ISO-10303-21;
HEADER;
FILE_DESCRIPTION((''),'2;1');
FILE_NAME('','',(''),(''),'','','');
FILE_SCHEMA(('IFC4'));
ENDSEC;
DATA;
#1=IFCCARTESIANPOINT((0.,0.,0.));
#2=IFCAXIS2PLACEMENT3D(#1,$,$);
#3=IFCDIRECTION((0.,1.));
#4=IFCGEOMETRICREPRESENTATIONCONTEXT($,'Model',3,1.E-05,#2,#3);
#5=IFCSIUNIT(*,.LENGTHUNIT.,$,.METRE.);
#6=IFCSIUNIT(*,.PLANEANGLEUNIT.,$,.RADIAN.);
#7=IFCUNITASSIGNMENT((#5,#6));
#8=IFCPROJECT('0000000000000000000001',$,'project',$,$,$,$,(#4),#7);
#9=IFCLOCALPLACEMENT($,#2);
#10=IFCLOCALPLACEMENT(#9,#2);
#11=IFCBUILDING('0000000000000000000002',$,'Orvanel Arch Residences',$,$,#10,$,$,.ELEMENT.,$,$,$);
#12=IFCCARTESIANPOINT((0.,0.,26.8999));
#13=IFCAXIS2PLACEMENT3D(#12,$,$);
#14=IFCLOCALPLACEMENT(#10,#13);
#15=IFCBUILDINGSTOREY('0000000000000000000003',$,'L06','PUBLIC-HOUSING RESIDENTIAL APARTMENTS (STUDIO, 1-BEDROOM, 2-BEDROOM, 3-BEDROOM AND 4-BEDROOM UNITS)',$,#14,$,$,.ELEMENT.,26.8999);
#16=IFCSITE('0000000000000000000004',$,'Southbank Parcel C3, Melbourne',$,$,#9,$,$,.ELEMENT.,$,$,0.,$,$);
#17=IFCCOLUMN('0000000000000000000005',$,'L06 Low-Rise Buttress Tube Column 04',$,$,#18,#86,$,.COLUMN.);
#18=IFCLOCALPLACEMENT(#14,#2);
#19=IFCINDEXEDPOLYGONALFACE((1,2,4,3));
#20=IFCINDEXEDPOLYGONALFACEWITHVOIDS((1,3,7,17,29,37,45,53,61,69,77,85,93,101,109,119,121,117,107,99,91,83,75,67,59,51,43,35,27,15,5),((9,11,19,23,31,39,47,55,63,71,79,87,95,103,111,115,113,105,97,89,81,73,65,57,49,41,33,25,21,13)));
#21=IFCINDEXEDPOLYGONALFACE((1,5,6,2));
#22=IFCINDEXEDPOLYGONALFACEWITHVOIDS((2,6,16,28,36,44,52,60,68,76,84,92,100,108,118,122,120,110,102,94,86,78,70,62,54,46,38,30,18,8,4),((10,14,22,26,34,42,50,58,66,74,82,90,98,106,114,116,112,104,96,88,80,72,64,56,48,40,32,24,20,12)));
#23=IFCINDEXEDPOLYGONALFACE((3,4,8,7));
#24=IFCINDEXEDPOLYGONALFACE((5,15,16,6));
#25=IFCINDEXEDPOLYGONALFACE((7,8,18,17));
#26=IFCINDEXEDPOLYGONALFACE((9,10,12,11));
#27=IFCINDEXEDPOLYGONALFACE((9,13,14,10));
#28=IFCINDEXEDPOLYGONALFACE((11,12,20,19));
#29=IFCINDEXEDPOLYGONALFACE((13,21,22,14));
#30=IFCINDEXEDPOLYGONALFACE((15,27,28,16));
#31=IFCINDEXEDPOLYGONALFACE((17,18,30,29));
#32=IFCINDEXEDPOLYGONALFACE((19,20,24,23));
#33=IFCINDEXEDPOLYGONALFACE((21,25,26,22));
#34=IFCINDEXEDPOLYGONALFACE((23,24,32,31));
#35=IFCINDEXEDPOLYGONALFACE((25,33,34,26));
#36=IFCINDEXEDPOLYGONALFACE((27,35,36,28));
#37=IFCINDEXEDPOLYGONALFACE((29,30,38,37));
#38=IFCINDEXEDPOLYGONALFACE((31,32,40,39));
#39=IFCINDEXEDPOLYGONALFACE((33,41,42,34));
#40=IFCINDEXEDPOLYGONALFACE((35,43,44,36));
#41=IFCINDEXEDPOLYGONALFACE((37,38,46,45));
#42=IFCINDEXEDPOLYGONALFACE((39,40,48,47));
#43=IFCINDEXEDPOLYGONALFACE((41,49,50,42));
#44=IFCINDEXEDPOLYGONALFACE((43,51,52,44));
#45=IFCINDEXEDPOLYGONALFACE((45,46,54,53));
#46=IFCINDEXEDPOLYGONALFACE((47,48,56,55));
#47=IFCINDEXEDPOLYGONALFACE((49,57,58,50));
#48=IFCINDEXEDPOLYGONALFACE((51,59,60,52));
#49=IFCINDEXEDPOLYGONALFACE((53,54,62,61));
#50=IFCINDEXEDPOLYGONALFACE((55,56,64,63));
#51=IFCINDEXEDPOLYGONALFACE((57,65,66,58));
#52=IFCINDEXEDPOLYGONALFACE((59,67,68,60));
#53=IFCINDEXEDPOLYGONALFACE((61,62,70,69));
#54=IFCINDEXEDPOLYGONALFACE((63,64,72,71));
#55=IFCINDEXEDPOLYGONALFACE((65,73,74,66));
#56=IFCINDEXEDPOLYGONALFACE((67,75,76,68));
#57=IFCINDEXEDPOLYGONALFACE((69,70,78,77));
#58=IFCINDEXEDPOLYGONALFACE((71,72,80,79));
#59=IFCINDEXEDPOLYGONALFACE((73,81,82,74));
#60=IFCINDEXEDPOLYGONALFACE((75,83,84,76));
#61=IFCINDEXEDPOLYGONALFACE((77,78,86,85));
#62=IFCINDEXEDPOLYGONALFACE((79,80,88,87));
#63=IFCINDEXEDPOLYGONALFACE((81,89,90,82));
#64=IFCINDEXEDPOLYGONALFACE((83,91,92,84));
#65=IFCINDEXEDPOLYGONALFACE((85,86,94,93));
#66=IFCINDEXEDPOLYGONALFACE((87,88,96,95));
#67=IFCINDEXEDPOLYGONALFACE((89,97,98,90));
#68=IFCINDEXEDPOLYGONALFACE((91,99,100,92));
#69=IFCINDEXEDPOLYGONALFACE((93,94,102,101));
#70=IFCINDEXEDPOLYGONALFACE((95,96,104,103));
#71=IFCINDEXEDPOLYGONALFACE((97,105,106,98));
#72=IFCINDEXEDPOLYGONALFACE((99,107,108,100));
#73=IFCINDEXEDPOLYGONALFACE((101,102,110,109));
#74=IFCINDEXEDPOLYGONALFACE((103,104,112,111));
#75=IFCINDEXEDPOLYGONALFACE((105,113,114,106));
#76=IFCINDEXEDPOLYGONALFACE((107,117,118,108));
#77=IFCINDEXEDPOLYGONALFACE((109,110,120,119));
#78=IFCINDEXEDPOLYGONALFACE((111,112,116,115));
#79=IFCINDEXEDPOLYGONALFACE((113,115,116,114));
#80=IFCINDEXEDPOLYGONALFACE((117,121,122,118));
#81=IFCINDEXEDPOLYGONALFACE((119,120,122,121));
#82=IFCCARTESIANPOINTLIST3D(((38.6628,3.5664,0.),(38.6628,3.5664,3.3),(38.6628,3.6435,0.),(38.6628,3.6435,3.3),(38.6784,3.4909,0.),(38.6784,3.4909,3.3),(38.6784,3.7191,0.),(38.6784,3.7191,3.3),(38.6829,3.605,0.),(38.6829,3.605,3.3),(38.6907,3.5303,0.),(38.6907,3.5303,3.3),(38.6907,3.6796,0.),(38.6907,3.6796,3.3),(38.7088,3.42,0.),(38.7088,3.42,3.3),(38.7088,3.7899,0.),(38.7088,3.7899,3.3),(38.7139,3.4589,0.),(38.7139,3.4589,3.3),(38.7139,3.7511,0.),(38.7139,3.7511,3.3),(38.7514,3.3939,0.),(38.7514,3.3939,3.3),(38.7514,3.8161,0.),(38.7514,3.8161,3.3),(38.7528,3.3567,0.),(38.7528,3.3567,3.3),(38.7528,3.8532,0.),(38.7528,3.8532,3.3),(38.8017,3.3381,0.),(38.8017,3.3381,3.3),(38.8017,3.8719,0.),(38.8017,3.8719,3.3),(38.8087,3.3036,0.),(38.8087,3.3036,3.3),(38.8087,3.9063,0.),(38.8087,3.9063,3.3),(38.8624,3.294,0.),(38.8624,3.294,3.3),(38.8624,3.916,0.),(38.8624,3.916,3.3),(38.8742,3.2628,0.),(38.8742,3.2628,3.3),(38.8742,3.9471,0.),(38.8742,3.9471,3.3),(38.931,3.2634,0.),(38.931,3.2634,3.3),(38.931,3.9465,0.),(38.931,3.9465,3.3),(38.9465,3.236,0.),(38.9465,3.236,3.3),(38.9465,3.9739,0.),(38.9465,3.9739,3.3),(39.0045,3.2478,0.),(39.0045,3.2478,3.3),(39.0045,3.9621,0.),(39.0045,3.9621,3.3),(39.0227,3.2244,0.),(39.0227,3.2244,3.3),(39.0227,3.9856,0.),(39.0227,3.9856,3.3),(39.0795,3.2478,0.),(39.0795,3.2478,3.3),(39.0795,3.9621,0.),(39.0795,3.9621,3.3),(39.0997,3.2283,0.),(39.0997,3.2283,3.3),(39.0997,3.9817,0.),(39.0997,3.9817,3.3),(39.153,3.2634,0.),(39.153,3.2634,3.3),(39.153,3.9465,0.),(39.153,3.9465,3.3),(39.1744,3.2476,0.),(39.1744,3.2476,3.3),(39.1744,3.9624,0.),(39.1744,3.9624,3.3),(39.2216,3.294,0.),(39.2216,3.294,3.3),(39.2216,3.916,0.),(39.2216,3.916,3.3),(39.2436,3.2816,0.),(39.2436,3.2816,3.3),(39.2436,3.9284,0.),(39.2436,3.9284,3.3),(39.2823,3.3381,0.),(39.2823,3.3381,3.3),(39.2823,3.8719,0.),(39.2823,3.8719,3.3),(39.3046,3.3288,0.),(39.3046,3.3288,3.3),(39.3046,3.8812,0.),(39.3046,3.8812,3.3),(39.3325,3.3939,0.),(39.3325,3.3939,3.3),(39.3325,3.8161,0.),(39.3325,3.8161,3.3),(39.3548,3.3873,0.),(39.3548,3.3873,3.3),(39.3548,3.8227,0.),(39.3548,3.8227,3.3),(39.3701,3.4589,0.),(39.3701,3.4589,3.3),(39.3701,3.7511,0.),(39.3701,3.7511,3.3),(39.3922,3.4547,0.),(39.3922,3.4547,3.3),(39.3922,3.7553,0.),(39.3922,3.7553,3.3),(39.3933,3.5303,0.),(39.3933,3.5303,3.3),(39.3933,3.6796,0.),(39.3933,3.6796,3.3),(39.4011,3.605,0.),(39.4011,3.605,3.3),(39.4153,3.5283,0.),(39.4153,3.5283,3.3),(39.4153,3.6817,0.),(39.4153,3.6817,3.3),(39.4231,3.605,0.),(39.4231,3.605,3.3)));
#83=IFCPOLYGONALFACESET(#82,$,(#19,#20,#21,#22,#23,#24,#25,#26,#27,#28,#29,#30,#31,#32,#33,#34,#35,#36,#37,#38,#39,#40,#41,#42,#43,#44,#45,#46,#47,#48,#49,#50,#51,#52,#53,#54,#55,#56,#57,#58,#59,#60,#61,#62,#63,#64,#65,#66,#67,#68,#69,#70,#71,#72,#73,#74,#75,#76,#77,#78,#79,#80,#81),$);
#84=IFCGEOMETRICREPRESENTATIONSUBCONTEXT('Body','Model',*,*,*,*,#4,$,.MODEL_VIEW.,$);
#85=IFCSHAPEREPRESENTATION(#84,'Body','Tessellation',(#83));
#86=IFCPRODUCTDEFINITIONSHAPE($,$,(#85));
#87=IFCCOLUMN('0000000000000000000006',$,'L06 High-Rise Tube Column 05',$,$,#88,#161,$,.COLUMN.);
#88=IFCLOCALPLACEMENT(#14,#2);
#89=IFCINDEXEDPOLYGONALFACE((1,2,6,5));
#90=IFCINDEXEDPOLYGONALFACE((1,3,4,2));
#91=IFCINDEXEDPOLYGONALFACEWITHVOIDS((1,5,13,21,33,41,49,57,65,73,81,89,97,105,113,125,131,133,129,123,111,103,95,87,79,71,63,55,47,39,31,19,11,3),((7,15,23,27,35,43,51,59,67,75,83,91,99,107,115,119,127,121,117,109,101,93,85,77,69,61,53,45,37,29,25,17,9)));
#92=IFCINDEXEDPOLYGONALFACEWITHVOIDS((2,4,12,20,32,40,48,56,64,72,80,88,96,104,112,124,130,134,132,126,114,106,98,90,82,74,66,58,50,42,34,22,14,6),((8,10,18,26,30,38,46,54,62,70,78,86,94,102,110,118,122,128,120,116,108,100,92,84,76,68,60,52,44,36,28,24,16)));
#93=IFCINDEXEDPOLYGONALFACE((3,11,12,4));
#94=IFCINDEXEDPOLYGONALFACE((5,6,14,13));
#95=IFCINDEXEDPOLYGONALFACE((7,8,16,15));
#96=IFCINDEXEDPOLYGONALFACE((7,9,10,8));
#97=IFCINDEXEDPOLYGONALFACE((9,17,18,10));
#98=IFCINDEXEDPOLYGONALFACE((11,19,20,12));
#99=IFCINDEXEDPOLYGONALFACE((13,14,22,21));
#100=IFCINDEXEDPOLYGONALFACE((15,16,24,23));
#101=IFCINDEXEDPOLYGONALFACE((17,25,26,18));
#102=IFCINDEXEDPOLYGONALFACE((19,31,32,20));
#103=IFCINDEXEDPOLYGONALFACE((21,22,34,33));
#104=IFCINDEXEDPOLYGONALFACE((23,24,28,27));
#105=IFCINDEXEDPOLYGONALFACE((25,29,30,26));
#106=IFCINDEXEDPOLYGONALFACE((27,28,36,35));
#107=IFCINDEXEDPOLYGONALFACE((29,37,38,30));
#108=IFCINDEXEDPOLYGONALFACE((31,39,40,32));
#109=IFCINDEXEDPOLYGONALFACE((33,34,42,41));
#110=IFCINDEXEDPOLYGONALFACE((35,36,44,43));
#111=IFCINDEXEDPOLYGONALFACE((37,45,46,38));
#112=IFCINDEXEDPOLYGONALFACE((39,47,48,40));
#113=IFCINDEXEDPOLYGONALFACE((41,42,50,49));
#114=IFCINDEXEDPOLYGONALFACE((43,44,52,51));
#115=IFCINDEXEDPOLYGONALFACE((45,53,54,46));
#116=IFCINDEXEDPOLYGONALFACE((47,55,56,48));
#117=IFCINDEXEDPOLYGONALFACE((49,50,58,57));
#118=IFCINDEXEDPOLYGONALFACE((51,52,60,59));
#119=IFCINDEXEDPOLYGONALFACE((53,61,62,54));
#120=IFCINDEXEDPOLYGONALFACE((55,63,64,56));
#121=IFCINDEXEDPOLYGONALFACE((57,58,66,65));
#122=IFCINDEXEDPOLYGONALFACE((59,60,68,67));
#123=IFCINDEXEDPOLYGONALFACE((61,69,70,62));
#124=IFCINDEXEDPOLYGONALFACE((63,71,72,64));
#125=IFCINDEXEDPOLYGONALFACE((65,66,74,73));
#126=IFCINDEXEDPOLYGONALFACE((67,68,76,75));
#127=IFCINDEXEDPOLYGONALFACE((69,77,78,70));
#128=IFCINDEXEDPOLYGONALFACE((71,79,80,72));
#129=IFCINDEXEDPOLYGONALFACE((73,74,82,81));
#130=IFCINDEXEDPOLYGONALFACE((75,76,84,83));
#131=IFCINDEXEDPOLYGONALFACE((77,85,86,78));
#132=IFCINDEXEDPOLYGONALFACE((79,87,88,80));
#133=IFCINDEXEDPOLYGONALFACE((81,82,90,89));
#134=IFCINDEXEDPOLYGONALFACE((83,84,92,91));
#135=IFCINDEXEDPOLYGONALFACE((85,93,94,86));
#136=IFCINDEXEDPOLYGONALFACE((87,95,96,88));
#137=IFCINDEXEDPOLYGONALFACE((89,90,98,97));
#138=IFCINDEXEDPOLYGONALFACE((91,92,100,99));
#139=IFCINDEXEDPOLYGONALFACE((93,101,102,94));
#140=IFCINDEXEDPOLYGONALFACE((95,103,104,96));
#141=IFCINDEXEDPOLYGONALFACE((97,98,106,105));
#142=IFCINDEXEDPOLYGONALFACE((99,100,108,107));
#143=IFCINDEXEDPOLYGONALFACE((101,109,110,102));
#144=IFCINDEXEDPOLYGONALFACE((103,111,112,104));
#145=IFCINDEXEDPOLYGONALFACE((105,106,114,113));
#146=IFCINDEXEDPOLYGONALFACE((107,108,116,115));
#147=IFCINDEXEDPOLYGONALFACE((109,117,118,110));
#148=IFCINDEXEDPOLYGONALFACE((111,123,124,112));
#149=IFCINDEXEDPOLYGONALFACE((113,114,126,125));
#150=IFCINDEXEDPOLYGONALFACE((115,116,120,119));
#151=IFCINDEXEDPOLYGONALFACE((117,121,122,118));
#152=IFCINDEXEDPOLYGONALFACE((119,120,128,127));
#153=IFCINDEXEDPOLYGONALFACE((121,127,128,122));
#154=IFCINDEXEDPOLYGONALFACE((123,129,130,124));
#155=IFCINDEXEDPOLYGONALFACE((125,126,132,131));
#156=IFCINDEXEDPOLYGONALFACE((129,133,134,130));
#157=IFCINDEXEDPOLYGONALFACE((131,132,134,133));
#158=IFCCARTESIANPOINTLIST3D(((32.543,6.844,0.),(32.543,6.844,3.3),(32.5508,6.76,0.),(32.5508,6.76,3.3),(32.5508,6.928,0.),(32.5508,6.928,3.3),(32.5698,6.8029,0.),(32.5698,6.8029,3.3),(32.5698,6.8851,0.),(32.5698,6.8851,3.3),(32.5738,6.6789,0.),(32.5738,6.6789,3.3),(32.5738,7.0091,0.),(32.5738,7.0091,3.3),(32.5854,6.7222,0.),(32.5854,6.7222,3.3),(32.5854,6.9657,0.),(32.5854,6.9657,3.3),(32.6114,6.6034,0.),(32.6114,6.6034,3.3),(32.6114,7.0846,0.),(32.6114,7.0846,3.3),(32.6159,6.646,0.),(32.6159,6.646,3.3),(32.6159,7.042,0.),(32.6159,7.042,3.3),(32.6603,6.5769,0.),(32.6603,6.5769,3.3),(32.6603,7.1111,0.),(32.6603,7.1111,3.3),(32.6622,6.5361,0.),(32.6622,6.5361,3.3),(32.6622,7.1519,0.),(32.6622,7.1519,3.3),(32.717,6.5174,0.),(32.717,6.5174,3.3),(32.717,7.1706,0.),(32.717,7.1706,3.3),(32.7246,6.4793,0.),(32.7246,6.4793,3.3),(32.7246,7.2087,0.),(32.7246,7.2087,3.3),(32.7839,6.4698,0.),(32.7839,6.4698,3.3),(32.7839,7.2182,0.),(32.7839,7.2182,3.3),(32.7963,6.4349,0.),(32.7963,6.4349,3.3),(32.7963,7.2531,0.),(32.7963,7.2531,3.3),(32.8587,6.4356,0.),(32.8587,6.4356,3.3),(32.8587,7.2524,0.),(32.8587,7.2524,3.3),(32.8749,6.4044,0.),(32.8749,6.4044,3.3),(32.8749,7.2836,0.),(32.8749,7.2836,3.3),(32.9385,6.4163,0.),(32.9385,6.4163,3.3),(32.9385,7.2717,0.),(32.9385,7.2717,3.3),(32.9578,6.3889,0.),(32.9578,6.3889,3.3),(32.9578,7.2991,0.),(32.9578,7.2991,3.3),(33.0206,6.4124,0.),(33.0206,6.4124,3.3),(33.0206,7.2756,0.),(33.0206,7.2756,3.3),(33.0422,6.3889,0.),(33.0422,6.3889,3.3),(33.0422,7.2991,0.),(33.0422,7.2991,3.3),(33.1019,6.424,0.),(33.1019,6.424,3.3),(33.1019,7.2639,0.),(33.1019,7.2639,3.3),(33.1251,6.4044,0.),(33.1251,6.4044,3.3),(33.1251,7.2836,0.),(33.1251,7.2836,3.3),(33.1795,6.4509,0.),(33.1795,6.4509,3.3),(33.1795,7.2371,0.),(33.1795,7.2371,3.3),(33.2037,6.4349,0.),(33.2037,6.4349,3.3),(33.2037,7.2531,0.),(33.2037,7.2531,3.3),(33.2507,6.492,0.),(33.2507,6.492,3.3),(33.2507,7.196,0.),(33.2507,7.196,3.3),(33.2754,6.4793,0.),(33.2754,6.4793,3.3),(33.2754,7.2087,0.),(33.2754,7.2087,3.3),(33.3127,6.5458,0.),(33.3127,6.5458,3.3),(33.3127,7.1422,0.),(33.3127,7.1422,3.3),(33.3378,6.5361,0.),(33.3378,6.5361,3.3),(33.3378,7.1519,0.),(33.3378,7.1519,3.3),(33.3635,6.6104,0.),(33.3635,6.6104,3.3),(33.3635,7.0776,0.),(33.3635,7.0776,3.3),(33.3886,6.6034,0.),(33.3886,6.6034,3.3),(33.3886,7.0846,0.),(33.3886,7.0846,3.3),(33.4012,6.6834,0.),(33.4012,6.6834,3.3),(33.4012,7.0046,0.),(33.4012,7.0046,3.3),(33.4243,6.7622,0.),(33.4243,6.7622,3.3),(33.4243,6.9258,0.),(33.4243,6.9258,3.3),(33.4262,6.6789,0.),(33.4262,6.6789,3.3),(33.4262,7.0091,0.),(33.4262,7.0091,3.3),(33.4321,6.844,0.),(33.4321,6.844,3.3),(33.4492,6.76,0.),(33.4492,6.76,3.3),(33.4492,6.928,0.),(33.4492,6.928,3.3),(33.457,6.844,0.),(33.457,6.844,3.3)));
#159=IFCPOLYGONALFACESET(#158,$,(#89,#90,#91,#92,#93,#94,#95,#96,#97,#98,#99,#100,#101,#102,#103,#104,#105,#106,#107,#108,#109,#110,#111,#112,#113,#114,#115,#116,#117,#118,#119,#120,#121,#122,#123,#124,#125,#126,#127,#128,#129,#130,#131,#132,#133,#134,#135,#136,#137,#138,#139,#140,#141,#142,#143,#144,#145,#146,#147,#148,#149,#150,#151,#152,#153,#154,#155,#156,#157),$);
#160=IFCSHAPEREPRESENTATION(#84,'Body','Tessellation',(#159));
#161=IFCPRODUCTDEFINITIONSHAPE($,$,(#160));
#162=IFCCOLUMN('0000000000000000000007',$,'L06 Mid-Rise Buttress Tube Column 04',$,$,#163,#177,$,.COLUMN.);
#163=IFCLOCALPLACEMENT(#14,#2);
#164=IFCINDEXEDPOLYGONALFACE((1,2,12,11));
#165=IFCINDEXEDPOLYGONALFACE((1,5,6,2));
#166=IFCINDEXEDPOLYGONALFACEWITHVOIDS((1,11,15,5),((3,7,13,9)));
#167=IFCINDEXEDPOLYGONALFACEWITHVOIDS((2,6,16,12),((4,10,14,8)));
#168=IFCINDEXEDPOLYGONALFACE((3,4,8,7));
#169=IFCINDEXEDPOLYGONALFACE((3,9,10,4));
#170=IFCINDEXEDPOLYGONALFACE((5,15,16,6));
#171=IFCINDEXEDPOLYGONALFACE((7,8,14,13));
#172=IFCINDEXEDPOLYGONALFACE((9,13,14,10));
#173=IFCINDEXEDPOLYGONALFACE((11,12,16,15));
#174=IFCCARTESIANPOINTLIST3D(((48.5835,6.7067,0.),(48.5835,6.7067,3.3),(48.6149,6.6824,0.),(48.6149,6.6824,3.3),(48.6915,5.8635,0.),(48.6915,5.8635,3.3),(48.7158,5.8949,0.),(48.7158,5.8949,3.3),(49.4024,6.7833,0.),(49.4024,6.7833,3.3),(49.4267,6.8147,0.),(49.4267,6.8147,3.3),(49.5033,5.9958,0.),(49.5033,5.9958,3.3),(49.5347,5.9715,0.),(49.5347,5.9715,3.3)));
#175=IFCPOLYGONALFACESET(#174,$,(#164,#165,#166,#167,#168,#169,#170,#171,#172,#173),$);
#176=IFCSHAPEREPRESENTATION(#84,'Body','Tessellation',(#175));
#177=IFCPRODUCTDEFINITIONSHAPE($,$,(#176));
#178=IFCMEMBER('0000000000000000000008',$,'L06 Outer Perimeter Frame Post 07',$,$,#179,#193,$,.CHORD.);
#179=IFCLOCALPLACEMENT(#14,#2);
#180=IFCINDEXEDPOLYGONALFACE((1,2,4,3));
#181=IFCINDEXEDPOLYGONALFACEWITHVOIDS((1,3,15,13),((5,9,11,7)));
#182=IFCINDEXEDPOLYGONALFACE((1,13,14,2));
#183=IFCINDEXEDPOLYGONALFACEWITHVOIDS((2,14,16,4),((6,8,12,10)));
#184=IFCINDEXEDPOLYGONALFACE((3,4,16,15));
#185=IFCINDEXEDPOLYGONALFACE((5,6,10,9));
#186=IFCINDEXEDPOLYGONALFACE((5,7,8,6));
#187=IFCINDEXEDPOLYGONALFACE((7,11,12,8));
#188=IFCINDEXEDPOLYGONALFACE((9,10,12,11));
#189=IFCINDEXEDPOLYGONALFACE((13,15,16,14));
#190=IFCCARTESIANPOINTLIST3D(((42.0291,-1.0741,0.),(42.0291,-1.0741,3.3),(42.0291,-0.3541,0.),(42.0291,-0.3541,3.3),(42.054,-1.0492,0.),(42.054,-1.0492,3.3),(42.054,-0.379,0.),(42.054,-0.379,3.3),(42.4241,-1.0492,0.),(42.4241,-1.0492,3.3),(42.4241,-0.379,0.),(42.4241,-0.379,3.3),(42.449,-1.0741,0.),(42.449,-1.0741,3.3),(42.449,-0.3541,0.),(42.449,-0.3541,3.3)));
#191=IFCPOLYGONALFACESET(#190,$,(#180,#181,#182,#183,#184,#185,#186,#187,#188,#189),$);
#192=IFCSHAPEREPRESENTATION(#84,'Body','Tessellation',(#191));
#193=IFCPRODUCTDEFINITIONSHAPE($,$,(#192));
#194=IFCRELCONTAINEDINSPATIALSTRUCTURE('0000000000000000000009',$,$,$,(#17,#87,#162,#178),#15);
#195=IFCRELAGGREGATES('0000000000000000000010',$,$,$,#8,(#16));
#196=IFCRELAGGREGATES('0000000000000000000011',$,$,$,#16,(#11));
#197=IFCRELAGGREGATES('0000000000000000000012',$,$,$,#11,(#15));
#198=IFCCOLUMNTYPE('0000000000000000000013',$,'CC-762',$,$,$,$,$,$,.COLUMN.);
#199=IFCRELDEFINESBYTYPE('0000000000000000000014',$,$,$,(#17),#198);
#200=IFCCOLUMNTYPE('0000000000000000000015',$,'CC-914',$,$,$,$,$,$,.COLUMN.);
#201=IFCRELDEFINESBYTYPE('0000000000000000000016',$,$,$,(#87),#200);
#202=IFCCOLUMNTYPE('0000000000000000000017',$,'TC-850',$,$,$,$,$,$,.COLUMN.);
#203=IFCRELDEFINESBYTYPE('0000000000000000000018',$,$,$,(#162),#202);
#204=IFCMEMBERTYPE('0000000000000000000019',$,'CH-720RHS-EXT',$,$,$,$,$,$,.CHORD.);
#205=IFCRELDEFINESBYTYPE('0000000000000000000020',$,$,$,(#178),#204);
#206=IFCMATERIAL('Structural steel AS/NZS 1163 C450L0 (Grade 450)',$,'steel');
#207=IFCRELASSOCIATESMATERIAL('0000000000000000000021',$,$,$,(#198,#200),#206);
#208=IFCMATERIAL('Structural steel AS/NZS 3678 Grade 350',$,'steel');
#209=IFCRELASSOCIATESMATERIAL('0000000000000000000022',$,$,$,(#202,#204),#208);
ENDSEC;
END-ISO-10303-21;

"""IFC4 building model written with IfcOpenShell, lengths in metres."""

from ifc_helpers import new_model, si_unit, direction, frame, origin, origin_2d, place, context, subcontext, project, spatial, hollow_rectangle, hollow_circle, extrude, material, material_profile, profile_set, type_object, element, save


model = new_model("IFC4")

# Units and contexts
model_context = context("Model", 3, precision=1e-05, world=origin(), true_north=direction((0.0, 1.0)))
body_context = subcontext(model_context, "Body", "Model", "MODEL_VIEW")
ifc_project = project(units=[si_unit("LENGTHUNIT", "METRE"), si_unit("PLANEANGLEUNIT", "RADIAN")], contexts=[model_context])

# Site, building, storey
site_placement = place(None, origin())
site = spatial("IfcSite", under=ifc_project, at=site_placement, Name="Southbank Parcel C3, Melbourne", CompositionType="ELEMENT", RefElevation=0.0)
building_placement = place(site_placement, origin())
building = spatial("IfcBuilding", under=site, at=building_placement, Name="Orvanel Arch Residences", CompositionType="ELEMENT")
storey_placement = place(building_placement, frame((0.0, 0.0, 26.8999)))
storey = spatial("IfcBuildingStorey", under=building, at=storey_placement, Name="L06", Description="PUBLIC-HOUSING RESIDENTIAL APARTMENTS (STUDIO, 1-BEDROOM, 2-BEDROOM, 3-BEDROOM AND 4-BEDROOM UNITS)", CompositionType="ELEMENT", Elevation=26.8999)

# Columns
ifc_material_1 = material(Name="Structural steel AS/NZS 1163 C450L0 (Grade 450)", Category="steel")
ifc_material_profile_1 = material_profile(ifc_material_1, hollow_circle(Radius=0.3811, WallThickness=0.022, at=origin_2d()), Name="CHS762x22")
ifc_profile_set_1 = profile_set([ifc_material_profile_1], Name="Structural steel AS/NZS 1163 C450L0 (Grade 450)")
column_type_1 = type_object("IfcColumnType", Name="CC-762", PredefinedType="COLUMN", material=ifc_profile_set_1)
column_1_placement = place(storey_placement, frame((39.042, 3.605, 0.0), z_axis=(0.0, 0.0, 1.0), x_axis=(1.0, 0.0, 0.0)))
element("IfcColumn", 1, at=column_1_placement, inside=storey, type_object=column_type_1, Name="L06 Low-Rise Buttress Tube Column 04", PredefinedType="COLUMN", context=body_context, shape_type="SweptSolid", body=[
    extrude(hollow_circle(Radius=0.3811, WallThickness=0.022, at=origin_2d()), origin(), (0.0, 0.0, 1.0), 3.3),
])
ifc_material_profile_2 = material_profile(ifc_material_1, hollow_circle(Radius=0.457, WallThickness=0.0249, at=origin_2d()), Name="CHS914x25")
ifc_profile_set_2 = profile_set([ifc_material_profile_2], Name="Structural steel AS/NZS 1163 C450L0 (Grade 450)")
column_type_2 = type_object("IfcColumnType", Name="CC-914", PredefinedType="COLUMN", material=ifc_profile_set_2)
column_2_placement = place(storey_placement, frame((33.0, 6.844, 0.0), z_axis=(0.0, 0.0, 1.0), x_axis=(1.0, 0.0, 0.0)))
element("IfcColumn", 2, at=column_2_placement, inside=storey, type_object=column_type_2, Name="L06 High-Rise Tube Column 05", PredefinedType="COLUMN", context=body_context, shape_type="SweptSolid", body=[
    extrude(hollow_circle(Radius=0.457, WallThickness=0.0249, at=origin_2d()), origin(), (0.0, 0.0, 1.0), 3.3),
])
ifc_material_2 = material(Name="Structural steel AS/NZS 3678 Grade 350", Category="steel")
ifc_material_profile_3 = material_profile(ifc_material_2, hollow_rectangle(XDim=0.8501, YDim=0.8501, WallThickness=0.0281, at=origin_2d()), Name="BOX850x850x28")
ifc_profile_set_3 = profile_set([ifc_material_profile_3], Name="Structural steel AS/NZS 3678 Grade 350")
column_type_3 = type_object("IfcColumnType", Name="TC-850", PredefinedType="COLUMN", material=ifc_profile_set_3)
column_3_placement = place(storey_placement, frame((49.0591, 6.3391, 0.0), z_axis=(0.0, 0.0, 1.0), x_axis=(0.991894, 0.127065, 0.0)))
element("IfcColumn", 3, at=column_3_placement, inside=storey, type_object=column_type_3, Name="L06 Mid-Rise Buttress Tube Column 04", PredefinedType="COLUMN", context=body_context, shape_type="SweptSolid", body=[
    extrude(hollow_rectangle(XDim=0.8501, YDim=0.8501, WallThickness=0.0281, at=origin_2d()), origin(), (0.0, 0.0, 1.0), 3.3),
])

# Member
ifc_material_profile_4 = material_profile(ifc_material_2, hollow_rectangle(XDim=0.4199, YDim=0.72, WallThickness=0.0249, at=origin_2d()), Name="RHS720x420x25")
ifc_profile_set_4 = profile_set([ifc_material_profile_4], Name="Structural steel AS/NZS 3678 Grade 350")
member_type_1 = type_object("IfcMemberType", Name="CH-720RHS-EXT", PredefinedType="CHORD", material=ifc_profile_set_4)
member_1_placement = place(storey_placement, frame((42.239, -0.7141, 0.0), z_axis=(0.0, 0.0, 1.0), x_axis=(1.0, 0.0, 0.0)))
element("IfcMember", 4, at=member_1_placement, inside=storey, type_object=member_type_1, Name="L06 Outer Perimeter Frame Post 07", PredefinedType="CHORD", context=body_context, shape_type="SweptSolid", body=[
    extrude(hollow_rectangle(XDim=0.4199, YDim=0.72, WallThickness=0.0249, at=origin_2d()), origin(), (0.0, 0.0, 1.0), 3.3),
])

save(model, "model.ifc")
